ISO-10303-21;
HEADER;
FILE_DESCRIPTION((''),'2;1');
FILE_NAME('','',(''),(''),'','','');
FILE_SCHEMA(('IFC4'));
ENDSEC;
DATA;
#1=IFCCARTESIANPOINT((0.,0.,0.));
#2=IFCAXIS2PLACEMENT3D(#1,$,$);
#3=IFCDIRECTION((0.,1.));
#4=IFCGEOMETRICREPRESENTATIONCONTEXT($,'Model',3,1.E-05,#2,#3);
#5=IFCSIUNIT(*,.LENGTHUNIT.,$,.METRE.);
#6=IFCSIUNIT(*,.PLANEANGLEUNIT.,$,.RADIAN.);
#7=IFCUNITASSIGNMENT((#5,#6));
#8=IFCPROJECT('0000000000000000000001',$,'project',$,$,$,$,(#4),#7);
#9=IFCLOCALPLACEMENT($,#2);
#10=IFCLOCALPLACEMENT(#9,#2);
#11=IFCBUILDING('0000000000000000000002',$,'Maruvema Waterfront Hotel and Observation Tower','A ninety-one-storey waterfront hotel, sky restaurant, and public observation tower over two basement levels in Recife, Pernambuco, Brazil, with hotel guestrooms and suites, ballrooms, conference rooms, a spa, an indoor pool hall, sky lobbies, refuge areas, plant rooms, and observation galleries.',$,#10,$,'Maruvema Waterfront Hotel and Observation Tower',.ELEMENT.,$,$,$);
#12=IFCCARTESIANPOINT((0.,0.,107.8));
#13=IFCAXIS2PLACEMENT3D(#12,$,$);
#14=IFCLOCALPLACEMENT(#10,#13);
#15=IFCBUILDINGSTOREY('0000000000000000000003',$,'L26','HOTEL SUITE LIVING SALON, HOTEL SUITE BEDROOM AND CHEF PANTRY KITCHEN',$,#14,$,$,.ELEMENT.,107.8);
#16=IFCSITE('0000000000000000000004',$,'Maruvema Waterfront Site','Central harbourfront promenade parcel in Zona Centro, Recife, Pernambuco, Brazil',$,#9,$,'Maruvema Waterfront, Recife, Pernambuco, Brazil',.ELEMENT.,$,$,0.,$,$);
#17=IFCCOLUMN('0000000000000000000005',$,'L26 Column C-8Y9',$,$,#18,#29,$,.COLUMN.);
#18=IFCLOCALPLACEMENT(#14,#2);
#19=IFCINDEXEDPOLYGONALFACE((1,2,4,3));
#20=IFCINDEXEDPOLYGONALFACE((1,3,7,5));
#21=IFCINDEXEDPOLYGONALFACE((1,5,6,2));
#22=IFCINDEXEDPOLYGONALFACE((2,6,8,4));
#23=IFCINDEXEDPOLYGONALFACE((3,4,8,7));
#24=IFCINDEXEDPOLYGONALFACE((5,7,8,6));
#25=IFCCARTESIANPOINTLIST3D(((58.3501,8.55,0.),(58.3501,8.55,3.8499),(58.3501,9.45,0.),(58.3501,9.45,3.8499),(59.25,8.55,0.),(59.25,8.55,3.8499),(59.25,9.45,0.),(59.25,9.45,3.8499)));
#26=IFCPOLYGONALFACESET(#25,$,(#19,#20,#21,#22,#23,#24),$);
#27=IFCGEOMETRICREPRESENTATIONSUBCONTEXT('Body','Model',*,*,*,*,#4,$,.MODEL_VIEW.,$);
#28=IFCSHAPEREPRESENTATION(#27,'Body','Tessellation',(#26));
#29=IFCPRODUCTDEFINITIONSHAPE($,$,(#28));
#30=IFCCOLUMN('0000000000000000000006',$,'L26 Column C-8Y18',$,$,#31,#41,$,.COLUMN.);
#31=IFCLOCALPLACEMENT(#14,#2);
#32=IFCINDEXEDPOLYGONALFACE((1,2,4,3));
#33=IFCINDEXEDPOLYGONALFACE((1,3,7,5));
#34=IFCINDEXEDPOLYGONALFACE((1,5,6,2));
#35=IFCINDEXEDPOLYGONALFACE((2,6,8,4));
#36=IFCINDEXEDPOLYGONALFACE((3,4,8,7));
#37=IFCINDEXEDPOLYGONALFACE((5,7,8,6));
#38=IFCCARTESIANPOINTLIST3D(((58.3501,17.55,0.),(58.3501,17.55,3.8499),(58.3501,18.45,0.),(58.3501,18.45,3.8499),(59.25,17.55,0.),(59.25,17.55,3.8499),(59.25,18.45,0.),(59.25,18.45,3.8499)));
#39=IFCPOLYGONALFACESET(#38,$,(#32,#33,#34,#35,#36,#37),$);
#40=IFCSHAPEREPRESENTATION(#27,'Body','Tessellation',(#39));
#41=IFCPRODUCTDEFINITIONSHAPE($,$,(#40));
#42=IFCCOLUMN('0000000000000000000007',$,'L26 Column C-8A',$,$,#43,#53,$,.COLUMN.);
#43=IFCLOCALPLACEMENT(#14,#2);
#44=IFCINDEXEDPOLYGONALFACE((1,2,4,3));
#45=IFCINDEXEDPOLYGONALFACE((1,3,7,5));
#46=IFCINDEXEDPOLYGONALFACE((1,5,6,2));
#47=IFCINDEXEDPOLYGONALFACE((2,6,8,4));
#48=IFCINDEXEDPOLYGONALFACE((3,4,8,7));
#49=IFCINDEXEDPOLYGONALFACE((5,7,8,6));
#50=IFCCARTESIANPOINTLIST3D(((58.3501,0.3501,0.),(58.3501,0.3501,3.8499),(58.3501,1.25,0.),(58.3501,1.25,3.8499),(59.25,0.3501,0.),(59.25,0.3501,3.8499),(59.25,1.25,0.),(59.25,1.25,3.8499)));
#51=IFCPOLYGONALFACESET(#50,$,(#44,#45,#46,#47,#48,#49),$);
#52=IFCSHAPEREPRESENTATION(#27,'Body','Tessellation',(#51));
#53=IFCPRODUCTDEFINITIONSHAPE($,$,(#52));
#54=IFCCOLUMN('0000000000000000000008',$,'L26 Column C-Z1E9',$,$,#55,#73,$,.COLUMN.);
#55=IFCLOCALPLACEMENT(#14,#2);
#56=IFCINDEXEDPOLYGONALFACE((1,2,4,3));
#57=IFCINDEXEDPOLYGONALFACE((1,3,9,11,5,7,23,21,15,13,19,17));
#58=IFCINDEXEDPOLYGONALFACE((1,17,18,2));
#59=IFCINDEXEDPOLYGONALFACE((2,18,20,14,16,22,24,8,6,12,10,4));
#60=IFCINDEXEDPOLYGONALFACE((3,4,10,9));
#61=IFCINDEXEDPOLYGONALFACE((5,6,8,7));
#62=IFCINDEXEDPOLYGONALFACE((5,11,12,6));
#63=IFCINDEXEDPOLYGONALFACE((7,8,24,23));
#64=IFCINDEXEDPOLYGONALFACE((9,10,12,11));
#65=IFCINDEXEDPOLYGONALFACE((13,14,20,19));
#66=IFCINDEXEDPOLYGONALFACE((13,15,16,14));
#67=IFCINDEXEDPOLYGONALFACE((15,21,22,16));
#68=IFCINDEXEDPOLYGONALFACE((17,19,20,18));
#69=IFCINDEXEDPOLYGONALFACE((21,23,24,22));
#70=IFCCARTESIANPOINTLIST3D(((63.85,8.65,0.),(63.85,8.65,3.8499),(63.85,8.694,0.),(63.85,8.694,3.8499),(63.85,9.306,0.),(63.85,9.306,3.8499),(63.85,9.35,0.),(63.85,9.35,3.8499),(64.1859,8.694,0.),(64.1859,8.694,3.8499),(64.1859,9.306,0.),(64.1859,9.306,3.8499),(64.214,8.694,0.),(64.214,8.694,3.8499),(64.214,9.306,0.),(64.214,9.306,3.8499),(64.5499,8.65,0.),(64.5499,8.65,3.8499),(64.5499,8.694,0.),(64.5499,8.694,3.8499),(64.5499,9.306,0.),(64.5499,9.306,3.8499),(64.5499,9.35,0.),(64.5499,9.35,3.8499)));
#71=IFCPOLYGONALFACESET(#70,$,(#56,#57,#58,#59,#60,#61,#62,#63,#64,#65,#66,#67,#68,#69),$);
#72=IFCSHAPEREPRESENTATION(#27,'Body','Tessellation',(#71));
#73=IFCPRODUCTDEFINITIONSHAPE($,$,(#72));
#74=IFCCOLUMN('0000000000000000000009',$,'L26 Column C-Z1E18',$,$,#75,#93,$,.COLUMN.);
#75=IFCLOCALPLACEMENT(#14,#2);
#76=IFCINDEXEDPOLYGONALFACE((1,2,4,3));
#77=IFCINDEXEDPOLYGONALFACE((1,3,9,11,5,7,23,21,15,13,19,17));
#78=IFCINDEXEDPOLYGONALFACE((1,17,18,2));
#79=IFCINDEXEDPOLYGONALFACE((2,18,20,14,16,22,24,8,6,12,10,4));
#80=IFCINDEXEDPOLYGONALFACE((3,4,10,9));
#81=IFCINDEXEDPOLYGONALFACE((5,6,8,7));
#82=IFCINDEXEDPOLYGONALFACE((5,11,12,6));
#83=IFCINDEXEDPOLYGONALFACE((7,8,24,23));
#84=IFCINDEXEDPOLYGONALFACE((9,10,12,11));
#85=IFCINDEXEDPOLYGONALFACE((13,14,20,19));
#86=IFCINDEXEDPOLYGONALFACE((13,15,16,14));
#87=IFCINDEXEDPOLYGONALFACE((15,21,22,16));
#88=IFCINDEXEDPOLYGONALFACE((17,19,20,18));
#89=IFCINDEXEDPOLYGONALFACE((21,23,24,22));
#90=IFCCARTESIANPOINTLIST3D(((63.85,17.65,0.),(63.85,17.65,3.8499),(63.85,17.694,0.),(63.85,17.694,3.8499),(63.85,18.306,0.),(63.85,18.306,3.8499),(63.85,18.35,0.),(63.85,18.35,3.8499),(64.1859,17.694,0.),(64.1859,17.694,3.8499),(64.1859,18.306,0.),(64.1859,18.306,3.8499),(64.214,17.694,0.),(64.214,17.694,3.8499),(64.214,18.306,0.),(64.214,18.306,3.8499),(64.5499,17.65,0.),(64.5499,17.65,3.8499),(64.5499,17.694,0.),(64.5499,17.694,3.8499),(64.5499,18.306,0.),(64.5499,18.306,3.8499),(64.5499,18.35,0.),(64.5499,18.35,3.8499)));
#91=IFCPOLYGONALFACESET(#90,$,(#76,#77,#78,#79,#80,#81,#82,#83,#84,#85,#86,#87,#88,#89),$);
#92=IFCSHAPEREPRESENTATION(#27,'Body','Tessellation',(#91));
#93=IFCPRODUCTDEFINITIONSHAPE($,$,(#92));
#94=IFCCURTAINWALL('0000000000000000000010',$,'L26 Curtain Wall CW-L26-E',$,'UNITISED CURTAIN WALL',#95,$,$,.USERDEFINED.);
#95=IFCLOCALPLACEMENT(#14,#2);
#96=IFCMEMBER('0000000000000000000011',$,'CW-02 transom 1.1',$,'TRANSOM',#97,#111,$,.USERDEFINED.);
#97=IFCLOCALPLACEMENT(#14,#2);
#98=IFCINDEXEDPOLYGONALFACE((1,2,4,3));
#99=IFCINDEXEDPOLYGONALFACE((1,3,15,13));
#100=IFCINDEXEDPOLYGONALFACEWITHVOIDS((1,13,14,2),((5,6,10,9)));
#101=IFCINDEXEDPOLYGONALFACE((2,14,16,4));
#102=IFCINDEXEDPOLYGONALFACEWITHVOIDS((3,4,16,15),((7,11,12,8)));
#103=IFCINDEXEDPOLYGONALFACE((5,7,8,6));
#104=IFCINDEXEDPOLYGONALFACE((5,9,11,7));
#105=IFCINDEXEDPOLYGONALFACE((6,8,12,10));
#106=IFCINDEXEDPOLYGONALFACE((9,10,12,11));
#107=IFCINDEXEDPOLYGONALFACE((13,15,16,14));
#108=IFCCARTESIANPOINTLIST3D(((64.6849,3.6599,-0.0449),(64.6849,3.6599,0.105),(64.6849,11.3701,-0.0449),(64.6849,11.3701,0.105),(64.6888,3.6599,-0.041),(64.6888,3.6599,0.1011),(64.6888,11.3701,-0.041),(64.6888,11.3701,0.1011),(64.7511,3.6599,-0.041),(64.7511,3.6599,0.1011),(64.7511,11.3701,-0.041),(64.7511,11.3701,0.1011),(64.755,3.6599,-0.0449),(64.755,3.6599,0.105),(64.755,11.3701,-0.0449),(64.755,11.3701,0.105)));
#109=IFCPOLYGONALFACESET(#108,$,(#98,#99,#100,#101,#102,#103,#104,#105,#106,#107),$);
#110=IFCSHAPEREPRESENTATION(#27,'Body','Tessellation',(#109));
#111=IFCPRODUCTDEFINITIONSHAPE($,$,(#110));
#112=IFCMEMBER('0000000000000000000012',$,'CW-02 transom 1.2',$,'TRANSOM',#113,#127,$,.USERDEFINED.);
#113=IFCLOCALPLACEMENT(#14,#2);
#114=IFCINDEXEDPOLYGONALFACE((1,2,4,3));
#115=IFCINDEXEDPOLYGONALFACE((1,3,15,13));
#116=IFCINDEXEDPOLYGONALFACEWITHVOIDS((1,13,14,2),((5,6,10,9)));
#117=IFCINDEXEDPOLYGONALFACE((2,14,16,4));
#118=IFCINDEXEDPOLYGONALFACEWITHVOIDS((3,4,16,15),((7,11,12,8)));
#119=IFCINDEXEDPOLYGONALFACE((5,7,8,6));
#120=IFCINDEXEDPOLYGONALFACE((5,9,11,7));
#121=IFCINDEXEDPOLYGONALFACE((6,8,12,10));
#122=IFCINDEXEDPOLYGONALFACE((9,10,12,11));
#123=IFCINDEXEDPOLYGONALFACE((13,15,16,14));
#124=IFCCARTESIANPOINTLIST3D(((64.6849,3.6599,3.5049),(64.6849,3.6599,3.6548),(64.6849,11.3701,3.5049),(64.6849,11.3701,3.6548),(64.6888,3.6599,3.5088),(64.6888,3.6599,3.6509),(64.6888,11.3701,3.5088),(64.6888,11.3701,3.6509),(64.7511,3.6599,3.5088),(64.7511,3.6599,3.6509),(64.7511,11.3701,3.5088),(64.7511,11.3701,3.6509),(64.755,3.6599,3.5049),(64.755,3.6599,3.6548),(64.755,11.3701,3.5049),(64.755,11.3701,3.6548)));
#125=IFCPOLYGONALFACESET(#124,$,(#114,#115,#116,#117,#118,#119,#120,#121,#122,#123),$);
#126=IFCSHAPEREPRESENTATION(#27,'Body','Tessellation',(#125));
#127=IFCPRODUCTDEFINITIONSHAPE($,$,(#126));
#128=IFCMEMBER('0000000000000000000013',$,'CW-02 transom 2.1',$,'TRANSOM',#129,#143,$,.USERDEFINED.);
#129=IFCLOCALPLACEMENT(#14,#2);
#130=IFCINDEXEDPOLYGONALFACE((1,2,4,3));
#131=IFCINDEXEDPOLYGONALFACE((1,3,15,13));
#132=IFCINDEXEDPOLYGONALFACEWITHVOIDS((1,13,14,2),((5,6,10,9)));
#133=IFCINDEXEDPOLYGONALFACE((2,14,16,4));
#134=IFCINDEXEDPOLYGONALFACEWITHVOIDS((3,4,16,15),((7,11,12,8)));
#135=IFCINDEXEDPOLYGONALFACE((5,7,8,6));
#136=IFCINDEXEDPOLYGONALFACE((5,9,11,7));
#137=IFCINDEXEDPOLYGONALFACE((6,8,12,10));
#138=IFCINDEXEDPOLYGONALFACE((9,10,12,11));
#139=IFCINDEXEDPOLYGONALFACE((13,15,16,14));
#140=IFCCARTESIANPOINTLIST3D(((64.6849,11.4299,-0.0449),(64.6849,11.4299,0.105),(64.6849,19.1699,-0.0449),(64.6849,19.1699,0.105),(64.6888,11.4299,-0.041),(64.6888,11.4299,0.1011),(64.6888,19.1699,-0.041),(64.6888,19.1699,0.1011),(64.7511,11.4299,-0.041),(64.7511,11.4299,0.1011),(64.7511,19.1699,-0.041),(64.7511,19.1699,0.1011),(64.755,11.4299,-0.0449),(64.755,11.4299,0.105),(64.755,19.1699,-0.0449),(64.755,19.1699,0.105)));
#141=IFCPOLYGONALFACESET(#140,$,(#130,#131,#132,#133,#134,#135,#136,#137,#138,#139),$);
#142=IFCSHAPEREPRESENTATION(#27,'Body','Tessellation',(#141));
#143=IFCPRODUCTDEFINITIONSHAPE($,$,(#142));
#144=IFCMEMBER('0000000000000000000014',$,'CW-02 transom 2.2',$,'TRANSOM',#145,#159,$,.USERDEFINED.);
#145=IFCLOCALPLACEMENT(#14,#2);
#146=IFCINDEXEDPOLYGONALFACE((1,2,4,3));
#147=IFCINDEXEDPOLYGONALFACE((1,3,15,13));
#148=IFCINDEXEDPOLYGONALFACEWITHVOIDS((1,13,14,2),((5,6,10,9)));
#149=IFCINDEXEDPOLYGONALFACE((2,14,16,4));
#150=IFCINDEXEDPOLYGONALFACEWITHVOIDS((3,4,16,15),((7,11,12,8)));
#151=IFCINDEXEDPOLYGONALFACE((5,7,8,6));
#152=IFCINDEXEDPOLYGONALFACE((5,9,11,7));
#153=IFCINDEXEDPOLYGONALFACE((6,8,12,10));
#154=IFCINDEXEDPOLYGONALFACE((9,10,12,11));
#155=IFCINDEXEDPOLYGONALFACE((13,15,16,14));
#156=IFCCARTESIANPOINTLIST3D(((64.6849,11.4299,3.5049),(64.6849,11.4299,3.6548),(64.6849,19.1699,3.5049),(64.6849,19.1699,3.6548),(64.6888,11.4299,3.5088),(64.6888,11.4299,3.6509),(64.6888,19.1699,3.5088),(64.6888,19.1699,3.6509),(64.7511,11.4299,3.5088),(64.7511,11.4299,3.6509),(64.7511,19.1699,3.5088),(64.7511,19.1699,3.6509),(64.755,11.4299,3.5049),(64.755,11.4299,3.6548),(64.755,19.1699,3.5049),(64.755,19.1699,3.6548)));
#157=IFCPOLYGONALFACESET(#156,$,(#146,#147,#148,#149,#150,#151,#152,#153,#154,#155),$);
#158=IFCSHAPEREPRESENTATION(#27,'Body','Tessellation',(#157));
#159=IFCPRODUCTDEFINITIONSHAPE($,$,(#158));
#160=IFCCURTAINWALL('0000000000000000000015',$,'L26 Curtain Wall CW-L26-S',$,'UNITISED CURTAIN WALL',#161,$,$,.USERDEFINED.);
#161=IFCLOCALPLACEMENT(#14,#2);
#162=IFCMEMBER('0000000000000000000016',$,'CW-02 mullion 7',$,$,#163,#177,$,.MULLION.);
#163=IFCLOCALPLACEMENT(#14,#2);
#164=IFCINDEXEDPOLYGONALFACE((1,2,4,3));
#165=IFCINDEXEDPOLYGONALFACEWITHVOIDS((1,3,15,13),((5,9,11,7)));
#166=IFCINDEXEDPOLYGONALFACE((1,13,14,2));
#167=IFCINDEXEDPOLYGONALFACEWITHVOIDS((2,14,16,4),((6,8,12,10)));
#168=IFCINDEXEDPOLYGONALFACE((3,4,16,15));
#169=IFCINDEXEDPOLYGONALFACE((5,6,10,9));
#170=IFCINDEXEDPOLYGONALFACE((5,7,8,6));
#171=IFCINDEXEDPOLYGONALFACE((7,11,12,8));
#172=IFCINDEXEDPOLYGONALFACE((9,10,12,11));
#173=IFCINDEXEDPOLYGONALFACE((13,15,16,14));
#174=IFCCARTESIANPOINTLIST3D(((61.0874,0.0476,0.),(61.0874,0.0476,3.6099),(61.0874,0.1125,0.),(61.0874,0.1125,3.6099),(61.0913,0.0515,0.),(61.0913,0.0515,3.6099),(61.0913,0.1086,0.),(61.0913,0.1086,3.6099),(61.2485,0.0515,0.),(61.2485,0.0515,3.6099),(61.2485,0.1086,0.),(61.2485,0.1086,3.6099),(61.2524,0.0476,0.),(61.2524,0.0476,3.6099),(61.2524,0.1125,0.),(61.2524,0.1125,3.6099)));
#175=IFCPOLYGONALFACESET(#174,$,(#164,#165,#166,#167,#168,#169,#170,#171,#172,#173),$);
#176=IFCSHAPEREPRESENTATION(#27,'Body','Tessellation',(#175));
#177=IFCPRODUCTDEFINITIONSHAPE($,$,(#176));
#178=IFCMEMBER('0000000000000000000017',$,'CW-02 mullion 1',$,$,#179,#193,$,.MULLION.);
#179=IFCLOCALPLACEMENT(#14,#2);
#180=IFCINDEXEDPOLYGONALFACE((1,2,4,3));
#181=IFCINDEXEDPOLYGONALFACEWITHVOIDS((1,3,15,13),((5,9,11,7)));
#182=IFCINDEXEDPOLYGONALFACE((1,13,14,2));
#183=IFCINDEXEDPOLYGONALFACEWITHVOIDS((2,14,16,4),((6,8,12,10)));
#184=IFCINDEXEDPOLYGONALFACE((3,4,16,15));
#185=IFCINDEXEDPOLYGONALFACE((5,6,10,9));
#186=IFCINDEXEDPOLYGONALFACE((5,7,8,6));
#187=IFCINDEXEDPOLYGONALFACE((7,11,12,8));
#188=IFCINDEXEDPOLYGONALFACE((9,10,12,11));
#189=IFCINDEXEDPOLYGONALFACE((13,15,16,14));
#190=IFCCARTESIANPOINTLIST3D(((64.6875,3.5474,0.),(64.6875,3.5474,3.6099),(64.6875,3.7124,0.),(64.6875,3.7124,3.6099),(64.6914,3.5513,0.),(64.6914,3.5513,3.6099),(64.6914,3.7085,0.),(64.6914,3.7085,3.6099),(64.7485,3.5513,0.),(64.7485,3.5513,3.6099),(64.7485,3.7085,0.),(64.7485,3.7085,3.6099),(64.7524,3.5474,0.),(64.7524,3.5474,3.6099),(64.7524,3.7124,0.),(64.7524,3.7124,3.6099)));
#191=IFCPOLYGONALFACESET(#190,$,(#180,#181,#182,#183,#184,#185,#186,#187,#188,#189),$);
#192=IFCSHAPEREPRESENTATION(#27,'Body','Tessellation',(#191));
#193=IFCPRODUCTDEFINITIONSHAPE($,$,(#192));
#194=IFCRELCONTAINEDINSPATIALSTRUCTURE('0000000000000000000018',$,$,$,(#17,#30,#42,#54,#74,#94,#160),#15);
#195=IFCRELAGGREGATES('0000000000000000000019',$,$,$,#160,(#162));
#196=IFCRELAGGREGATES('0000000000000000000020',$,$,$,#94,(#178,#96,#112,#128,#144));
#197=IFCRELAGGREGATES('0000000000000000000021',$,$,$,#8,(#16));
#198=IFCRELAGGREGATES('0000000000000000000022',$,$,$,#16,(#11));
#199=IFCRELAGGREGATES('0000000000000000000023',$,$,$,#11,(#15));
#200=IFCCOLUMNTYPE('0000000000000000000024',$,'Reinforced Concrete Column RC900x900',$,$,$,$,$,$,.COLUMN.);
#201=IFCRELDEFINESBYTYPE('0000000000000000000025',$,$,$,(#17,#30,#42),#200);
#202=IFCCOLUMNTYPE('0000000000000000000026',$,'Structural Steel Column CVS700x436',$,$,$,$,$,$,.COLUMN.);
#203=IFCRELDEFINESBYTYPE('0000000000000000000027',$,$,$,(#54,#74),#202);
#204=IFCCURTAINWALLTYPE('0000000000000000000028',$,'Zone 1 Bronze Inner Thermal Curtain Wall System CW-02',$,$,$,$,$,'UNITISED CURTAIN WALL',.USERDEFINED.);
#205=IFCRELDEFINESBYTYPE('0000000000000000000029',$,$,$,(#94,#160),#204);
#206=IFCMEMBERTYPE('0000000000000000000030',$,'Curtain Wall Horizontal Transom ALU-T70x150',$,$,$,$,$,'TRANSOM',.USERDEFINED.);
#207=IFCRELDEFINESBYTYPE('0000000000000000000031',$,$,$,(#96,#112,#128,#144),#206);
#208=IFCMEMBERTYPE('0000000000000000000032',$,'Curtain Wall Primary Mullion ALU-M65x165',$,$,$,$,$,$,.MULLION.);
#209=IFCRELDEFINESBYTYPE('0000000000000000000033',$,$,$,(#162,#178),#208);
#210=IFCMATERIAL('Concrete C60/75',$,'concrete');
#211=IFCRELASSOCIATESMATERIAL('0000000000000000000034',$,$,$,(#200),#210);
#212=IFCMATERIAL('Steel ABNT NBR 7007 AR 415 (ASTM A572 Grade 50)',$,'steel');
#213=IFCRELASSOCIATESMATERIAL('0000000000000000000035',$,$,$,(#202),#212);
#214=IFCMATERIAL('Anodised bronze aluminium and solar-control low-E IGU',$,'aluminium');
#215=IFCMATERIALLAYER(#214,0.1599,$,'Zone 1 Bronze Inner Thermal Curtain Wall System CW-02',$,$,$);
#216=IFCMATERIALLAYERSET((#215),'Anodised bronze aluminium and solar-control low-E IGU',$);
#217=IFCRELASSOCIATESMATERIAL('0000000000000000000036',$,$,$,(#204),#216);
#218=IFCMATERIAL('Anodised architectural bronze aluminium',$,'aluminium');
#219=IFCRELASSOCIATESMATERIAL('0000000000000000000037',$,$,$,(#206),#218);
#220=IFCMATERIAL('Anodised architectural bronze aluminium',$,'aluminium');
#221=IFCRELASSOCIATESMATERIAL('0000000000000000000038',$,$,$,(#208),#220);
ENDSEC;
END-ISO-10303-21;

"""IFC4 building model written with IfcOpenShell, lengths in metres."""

from ifc_helpers import new_model, si_unit, direction, frame, origin, origin_2d, place, context, subcontext, project, spatial, rectangle, hollow_rectangle, i_section, extrude, material, layer, layer_set, material_profile, profile_set, type_object, element, aggregate, save


model = new_model("IFC4")

# Units and contexts
model_context = context("Model", 3, precision=1e-05, world=origin(), true_north=direction((0.0, 1.0)))
body_context = subcontext(model_context, "Body", "Model", "MODEL_VIEW")
ifc_project = project(units=[si_unit("LENGTHUNIT", "METRE"), si_unit("PLANEANGLEUNIT", "RADIAN")], contexts=[model_context])

# Site, building, storey
site_placement = place(None, origin())
site = spatial("IfcSite", under=ifc_project, at=site_placement, Name="Maruvema Waterfront Site", Description="Central harbourfront promenade parcel in Zona Centro, Recife, Pernambuco, Brazil", LongName="Maruvema Waterfront, Recife, Pernambuco, Brazil", CompositionType="ELEMENT", RefElevation=0.0)
building_placement = place(site_placement, origin())
building = spatial("IfcBuilding", under=site, at=building_placement, Name="Maruvema Waterfront Hotel and Observation Tower", Description="A ninety-one-storey waterfront hotel, sky restaurant, and public observation tower over two basement levels in Recife, Pernambuco, Brazil, with hotel guestrooms and suites, ballrooms, conference rooms, a spa, an indoor pool hall, sky lobbies, refuge areas, plant rooms, and observation galleries.", LongName="Maruvema Waterfront Hotel and Observation Tower", CompositionType="ELEMENT")
storey_placement = place(building_placement, frame((0.0, 0.0, 107.8)))
storey = spatial("IfcBuildingStorey", under=building, at=storey_placement, Name="L26", Description="HOTEL SUITE LIVING SALON, HOTEL SUITE BEDROOM AND CHEF PANTRY KITCHEN", CompositionType="ELEMENT", Elevation=107.8)

# Columns
ifc_material_1 = material(Name="Concrete C60/75", Category="concrete")
ifc_material_profile_1 = material_profile(ifc_material_1, rectangle(XDim=0.8999, YDim=0.8999, at=origin_2d()), Name="RC900x900")
ifc_profile_set_1 = profile_set([ifc_material_profile_1], Name="Concrete C60/75")
column_type_1 = type_object("IfcColumnType", Name="Reinforced Concrete Column RC900x900", PredefinedType="COLUMN", material=ifc_profile_set_1)
for number, where, z_axis, x_axis, name in (
    (1, (58.8, 9.0, 0.0), (0.0, 0.0, 1.0), (1.0, 0.0, 0.0), "L26 Column C-8Y9"),
    (2, (58.8, 18.0, 0.0), (0.0, 0.0, 1.0), (1.0, 0.0, 0.0), "L26 Column C-8Y18"),
    (3, (58.8, 0.8, 0.0), (0.0, 0.0, 1.0), (1.0, 0.0, 0.0), "L26 Column C-8A"),
):
    element("IfcColumn", number, at=place(storey_placement, frame(where, z_axis=z_axis, x_axis=x_axis)), inside=storey, type_object=column_type_1, Name=name, PredefinedType="COLUMN", context=body_context, shape_type="SweptSolid", body=[
        extrude(rectangle(XDim=0.8999, YDim=0.8999, at=origin_2d()), origin(), (0.0, 0.0, 1.0), 3.8499),
    ])
ifc_material_2 = material(Name="Steel ABNT NBR 7007 AR 415 (ASTM A572 Grade 50)", Category="steel")
ifc_material_profile_2 = material_profile(ifc_material_2, i_section(OverallWidth=0.7, OverallDepth=0.7, WebThickness=0.0281, FlangeThickness=0.0439, at=origin_2d()), Name="CVS700x436")
ifc_profile_set_2 = profile_set([ifc_material_profile_2], Name="Steel ABNT NBR 7007 AR 415 (ASTM A572 Grade 50)")
column_type_2 = type_object("IfcColumnType", Name="Structural Steel Column CVS700x436", PredefinedType="COLUMN", material=ifc_profile_set_2)
for number, where, z_axis, x_axis, name in (
    (4, (64.2, 9.0, 0.0), (0.0, 0.0, 1.0), (1.0, 0.0, 0.0), "L26 Column C-Z1E9"),
    (5, (64.2, 18.0, 0.0), (0.0, 0.0, 1.0), (1.0, 0.0, 0.0), "L26 Column C-Z1E18"),
):
    element("IfcColumn", number, at=place(storey_placement, frame(where, z_axis=z_axis, x_axis=x_axis)), inside=storey, type_object=column_type_2, Name=name, PredefinedType="COLUMN", context=body_context, shape_type="SweptSolid", body=[
        extrude(i_section(OverallWidth=0.7, OverallDepth=0.7, WebThickness=0.0281, FlangeThickness=0.0439, at=origin_2d()), origin(), (0.0, 0.0, 1.0), 3.8499),
    ])

# Curtain wall, members
ifc_material_3 = material(Name="Anodised bronze aluminium and solar-control low-E IGU", Category="aluminium")
ifc_layer_1 = layer(ifc_material_3, 0.1599, Name="Zone 1 Bronze Inner Thermal Curtain Wall System CW-02")
ifc_layer_set_1 = layer_set([ifc_layer_1], Name="Anodised bronze aluminium and solar-control low-E IGU")
curtain_wall_type = type_object("IfcCurtainWallType", Name="Zone 1 Bronze Inner Thermal Curtain Wall System CW-02", ElementType="UNITISED CURTAIN WALL", PredefinedType="USERDEFINED", material=ifc_layer_set_1)
curtain_wall_1_placement = place(storey_placement, origin())
curtain_wall_1 = element("IfcCurtainWall", 6, at=curtain_wall_1_placement, inside=storey, type_object=curtain_wall_type, Name="L26 Curtain Wall CW-L26-E", ObjectType="UNITISED CURTAIN WALL", PredefinedType="USERDEFINED")
ifc_material_4 = material(Name="Anodised architectural bronze aluminium", Category="aluminium")
ifc_material_profile_3 = material_profile(ifc_material_4, hollow_rectangle(XDim=0.0701, YDim=0.1499, WallThickness=0.0039, at=origin_2d()), Name="ALU-T70x150")
ifc_profile_set_3 = profile_set([ifc_material_profile_3], Name="Anodised architectural bronze aluminium")
member_type_1 = type_object("IfcMemberType", Name="Curtain Wall Horizontal Transom ALU-T70x150", ElementType="TRANSOM", PredefinedType="USERDEFINED", material=ifc_profile_set_3)
member_1_placement = place(storey_placement, frame((64.72, 3.6599, 0.03), z_axis=(0.0, 1.0, 0.0), x_axis=(-1.0, 0.0, 0.0)))
member_1 = element("IfcMember", 7, at=member_1_placement, type_object=member_type_1, Name="CW-02 transom 1.1", ObjectType="TRANSOM", PredefinedType="USERDEFINED", context=body_context, shape_type="SweptSolid", body=[
    extrude(hollow_rectangle(XDim=0.0701, YDim=0.1499, WallThickness=0.0039, at=origin_2d()), origin(), (0.0, 0.0, 1.0), 7.7102),
])
member_2_placement = place(storey_placement, frame((64.72, 3.6599, 3.5798), z_axis=(0.0, 1.0, 0.0), x_axis=(-1.0, 0.0, 0.0)))
member_2 = element("IfcMember", 8, at=member_2_placement, type_object=member_type_1, Name="CW-02 transom 1.2", ObjectType="TRANSOM", PredefinedType="USERDEFINED", context=body_context, shape_type="SweptSolid", body=[
    extrude(hollow_rectangle(XDim=0.0701, YDim=0.1499, WallThickness=0.0039, at=origin_2d()), origin(), (0.0, 0.0, 1.0), 7.7102),
])
member_3_placement = place(storey_placement, frame((64.72, 11.4299, 0.03), z_axis=(0.0, 1.0, 0.0), x_axis=(-1.0, 0.0, 0.0)))
member_3 = element("IfcMember", 9, at=member_3_placement, type_object=member_type_1, Name="CW-02 transom 2.1", ObjectType="TRANSOM", PredefinedType="USERDEFINED", context=body_context, shape_type="SweptSolid", body=[
    extrude(hollow_rectangle(XDim=0.0701, YDim=0.1499, WallThickness=0.0039, at=origin_2d()), origin(), (0.0, 0.0, 1.0), 7.74),
])
member_4_placement = place(storey_placement, frame((64.72, 11.4299, 3.5798), z_axis=(0.0, 1.0, 0.0), x_axis=(-1.0, 0.0, 0.0)))
member_4 = element("IfcMember", 10, at=member_4_placement, type_object=member_type_1, Name="CW-02 transom 2.2", ObjectType="TRANSOM", PredefinedType="USERDEFINED", context=body_context, shape_type="SweptSolid", body=[
    extrude(hollow_rectangle(XDim=0.0701, YDim=0.1499, WallThickness=0.0039, at=origin_2d()), origin(), (0.0, 0.0, 1.0), 7.74),
])

# Curtain wall, member
curtain_wall_2_placement = place(storey_placement, origin())
curtain_wall_2 = element("IfcCurtainWall", 11, at=curtain_wall_2_placement, inside=storey, type_object=curtain_wall_type, Name="L26 Curtain Wall CW-L26-S", ObjectType="UNITISED CURTAIN WALL", PredefinedType="USERDEFINED")
ifc_material_5 = material(Name="Anodised architectural bronze aluminium", Category="aluminium")
ifc_material_profile_4 = material_profile(ifc_material_5, hollow_rectangle(XDim=0.0649, YDim=0.165, WallThickness=0.0039, at=origin_2d()), Name="ALU-M65x165")
ifc_profile_set_4 = profile_set([ifc_material_profile_4], Name="Anodised architectural bronze aluminium")
member_type_2 = type_object("IfcMemberType", Name="Curtain Wall Primary Mullion ALU-M65x165", PredefinedType="MULLION", material=ifc_profile_set_4)
member_5_placement = place(storey_placement, frame((61.1699, 0.0801, 0.0), z_axis=(0.0, 0.0, 1.0), x_axis=(0.0, 1.0, 0.0)))
member_5 = element("IfcMember", 12, at=member_5_placement, type_object=member_type_2, Name="CW-02 mullion 7", PredefinedType="MULLION", context=body_context, shape_type="SweptSolid", body=[
    extrude(hollow_rectangle(XDim=0.0649, YDim=0.165, WallThickness=0.0039, at=origin_2d()), origin(), (0.0, 0.0, 1.0), 3.6099),
])

# Member
member_6_placement = place(storey_placement, frame((64.72, 3.6299, 0.0), z_axis=(0.0, 0.0, 1.0), x_axis=(-1.0, 0.0, 0.0)))
member_6 = element("IfcMember", 13, at=member_6_placement, type_object=member_type_2, Name="CW-02 mullion 1", PredefinedType="MULLION", context=body_context, shape_type="SweptSolid", body=[
    extrude(hollow_rectangle(XDim=0.0649, YDim=0.165, WallThickness=0.0039, at=origin_2d()), origin(), (0.0, 0.0, 1.0), 3.6099),
])

aggregate(curtain_wall_2, [member_5])
aggregate(curtain_wall_1, [member_6, member_1, member_2, member_3, member_4])

save(model, "model.ifc")
